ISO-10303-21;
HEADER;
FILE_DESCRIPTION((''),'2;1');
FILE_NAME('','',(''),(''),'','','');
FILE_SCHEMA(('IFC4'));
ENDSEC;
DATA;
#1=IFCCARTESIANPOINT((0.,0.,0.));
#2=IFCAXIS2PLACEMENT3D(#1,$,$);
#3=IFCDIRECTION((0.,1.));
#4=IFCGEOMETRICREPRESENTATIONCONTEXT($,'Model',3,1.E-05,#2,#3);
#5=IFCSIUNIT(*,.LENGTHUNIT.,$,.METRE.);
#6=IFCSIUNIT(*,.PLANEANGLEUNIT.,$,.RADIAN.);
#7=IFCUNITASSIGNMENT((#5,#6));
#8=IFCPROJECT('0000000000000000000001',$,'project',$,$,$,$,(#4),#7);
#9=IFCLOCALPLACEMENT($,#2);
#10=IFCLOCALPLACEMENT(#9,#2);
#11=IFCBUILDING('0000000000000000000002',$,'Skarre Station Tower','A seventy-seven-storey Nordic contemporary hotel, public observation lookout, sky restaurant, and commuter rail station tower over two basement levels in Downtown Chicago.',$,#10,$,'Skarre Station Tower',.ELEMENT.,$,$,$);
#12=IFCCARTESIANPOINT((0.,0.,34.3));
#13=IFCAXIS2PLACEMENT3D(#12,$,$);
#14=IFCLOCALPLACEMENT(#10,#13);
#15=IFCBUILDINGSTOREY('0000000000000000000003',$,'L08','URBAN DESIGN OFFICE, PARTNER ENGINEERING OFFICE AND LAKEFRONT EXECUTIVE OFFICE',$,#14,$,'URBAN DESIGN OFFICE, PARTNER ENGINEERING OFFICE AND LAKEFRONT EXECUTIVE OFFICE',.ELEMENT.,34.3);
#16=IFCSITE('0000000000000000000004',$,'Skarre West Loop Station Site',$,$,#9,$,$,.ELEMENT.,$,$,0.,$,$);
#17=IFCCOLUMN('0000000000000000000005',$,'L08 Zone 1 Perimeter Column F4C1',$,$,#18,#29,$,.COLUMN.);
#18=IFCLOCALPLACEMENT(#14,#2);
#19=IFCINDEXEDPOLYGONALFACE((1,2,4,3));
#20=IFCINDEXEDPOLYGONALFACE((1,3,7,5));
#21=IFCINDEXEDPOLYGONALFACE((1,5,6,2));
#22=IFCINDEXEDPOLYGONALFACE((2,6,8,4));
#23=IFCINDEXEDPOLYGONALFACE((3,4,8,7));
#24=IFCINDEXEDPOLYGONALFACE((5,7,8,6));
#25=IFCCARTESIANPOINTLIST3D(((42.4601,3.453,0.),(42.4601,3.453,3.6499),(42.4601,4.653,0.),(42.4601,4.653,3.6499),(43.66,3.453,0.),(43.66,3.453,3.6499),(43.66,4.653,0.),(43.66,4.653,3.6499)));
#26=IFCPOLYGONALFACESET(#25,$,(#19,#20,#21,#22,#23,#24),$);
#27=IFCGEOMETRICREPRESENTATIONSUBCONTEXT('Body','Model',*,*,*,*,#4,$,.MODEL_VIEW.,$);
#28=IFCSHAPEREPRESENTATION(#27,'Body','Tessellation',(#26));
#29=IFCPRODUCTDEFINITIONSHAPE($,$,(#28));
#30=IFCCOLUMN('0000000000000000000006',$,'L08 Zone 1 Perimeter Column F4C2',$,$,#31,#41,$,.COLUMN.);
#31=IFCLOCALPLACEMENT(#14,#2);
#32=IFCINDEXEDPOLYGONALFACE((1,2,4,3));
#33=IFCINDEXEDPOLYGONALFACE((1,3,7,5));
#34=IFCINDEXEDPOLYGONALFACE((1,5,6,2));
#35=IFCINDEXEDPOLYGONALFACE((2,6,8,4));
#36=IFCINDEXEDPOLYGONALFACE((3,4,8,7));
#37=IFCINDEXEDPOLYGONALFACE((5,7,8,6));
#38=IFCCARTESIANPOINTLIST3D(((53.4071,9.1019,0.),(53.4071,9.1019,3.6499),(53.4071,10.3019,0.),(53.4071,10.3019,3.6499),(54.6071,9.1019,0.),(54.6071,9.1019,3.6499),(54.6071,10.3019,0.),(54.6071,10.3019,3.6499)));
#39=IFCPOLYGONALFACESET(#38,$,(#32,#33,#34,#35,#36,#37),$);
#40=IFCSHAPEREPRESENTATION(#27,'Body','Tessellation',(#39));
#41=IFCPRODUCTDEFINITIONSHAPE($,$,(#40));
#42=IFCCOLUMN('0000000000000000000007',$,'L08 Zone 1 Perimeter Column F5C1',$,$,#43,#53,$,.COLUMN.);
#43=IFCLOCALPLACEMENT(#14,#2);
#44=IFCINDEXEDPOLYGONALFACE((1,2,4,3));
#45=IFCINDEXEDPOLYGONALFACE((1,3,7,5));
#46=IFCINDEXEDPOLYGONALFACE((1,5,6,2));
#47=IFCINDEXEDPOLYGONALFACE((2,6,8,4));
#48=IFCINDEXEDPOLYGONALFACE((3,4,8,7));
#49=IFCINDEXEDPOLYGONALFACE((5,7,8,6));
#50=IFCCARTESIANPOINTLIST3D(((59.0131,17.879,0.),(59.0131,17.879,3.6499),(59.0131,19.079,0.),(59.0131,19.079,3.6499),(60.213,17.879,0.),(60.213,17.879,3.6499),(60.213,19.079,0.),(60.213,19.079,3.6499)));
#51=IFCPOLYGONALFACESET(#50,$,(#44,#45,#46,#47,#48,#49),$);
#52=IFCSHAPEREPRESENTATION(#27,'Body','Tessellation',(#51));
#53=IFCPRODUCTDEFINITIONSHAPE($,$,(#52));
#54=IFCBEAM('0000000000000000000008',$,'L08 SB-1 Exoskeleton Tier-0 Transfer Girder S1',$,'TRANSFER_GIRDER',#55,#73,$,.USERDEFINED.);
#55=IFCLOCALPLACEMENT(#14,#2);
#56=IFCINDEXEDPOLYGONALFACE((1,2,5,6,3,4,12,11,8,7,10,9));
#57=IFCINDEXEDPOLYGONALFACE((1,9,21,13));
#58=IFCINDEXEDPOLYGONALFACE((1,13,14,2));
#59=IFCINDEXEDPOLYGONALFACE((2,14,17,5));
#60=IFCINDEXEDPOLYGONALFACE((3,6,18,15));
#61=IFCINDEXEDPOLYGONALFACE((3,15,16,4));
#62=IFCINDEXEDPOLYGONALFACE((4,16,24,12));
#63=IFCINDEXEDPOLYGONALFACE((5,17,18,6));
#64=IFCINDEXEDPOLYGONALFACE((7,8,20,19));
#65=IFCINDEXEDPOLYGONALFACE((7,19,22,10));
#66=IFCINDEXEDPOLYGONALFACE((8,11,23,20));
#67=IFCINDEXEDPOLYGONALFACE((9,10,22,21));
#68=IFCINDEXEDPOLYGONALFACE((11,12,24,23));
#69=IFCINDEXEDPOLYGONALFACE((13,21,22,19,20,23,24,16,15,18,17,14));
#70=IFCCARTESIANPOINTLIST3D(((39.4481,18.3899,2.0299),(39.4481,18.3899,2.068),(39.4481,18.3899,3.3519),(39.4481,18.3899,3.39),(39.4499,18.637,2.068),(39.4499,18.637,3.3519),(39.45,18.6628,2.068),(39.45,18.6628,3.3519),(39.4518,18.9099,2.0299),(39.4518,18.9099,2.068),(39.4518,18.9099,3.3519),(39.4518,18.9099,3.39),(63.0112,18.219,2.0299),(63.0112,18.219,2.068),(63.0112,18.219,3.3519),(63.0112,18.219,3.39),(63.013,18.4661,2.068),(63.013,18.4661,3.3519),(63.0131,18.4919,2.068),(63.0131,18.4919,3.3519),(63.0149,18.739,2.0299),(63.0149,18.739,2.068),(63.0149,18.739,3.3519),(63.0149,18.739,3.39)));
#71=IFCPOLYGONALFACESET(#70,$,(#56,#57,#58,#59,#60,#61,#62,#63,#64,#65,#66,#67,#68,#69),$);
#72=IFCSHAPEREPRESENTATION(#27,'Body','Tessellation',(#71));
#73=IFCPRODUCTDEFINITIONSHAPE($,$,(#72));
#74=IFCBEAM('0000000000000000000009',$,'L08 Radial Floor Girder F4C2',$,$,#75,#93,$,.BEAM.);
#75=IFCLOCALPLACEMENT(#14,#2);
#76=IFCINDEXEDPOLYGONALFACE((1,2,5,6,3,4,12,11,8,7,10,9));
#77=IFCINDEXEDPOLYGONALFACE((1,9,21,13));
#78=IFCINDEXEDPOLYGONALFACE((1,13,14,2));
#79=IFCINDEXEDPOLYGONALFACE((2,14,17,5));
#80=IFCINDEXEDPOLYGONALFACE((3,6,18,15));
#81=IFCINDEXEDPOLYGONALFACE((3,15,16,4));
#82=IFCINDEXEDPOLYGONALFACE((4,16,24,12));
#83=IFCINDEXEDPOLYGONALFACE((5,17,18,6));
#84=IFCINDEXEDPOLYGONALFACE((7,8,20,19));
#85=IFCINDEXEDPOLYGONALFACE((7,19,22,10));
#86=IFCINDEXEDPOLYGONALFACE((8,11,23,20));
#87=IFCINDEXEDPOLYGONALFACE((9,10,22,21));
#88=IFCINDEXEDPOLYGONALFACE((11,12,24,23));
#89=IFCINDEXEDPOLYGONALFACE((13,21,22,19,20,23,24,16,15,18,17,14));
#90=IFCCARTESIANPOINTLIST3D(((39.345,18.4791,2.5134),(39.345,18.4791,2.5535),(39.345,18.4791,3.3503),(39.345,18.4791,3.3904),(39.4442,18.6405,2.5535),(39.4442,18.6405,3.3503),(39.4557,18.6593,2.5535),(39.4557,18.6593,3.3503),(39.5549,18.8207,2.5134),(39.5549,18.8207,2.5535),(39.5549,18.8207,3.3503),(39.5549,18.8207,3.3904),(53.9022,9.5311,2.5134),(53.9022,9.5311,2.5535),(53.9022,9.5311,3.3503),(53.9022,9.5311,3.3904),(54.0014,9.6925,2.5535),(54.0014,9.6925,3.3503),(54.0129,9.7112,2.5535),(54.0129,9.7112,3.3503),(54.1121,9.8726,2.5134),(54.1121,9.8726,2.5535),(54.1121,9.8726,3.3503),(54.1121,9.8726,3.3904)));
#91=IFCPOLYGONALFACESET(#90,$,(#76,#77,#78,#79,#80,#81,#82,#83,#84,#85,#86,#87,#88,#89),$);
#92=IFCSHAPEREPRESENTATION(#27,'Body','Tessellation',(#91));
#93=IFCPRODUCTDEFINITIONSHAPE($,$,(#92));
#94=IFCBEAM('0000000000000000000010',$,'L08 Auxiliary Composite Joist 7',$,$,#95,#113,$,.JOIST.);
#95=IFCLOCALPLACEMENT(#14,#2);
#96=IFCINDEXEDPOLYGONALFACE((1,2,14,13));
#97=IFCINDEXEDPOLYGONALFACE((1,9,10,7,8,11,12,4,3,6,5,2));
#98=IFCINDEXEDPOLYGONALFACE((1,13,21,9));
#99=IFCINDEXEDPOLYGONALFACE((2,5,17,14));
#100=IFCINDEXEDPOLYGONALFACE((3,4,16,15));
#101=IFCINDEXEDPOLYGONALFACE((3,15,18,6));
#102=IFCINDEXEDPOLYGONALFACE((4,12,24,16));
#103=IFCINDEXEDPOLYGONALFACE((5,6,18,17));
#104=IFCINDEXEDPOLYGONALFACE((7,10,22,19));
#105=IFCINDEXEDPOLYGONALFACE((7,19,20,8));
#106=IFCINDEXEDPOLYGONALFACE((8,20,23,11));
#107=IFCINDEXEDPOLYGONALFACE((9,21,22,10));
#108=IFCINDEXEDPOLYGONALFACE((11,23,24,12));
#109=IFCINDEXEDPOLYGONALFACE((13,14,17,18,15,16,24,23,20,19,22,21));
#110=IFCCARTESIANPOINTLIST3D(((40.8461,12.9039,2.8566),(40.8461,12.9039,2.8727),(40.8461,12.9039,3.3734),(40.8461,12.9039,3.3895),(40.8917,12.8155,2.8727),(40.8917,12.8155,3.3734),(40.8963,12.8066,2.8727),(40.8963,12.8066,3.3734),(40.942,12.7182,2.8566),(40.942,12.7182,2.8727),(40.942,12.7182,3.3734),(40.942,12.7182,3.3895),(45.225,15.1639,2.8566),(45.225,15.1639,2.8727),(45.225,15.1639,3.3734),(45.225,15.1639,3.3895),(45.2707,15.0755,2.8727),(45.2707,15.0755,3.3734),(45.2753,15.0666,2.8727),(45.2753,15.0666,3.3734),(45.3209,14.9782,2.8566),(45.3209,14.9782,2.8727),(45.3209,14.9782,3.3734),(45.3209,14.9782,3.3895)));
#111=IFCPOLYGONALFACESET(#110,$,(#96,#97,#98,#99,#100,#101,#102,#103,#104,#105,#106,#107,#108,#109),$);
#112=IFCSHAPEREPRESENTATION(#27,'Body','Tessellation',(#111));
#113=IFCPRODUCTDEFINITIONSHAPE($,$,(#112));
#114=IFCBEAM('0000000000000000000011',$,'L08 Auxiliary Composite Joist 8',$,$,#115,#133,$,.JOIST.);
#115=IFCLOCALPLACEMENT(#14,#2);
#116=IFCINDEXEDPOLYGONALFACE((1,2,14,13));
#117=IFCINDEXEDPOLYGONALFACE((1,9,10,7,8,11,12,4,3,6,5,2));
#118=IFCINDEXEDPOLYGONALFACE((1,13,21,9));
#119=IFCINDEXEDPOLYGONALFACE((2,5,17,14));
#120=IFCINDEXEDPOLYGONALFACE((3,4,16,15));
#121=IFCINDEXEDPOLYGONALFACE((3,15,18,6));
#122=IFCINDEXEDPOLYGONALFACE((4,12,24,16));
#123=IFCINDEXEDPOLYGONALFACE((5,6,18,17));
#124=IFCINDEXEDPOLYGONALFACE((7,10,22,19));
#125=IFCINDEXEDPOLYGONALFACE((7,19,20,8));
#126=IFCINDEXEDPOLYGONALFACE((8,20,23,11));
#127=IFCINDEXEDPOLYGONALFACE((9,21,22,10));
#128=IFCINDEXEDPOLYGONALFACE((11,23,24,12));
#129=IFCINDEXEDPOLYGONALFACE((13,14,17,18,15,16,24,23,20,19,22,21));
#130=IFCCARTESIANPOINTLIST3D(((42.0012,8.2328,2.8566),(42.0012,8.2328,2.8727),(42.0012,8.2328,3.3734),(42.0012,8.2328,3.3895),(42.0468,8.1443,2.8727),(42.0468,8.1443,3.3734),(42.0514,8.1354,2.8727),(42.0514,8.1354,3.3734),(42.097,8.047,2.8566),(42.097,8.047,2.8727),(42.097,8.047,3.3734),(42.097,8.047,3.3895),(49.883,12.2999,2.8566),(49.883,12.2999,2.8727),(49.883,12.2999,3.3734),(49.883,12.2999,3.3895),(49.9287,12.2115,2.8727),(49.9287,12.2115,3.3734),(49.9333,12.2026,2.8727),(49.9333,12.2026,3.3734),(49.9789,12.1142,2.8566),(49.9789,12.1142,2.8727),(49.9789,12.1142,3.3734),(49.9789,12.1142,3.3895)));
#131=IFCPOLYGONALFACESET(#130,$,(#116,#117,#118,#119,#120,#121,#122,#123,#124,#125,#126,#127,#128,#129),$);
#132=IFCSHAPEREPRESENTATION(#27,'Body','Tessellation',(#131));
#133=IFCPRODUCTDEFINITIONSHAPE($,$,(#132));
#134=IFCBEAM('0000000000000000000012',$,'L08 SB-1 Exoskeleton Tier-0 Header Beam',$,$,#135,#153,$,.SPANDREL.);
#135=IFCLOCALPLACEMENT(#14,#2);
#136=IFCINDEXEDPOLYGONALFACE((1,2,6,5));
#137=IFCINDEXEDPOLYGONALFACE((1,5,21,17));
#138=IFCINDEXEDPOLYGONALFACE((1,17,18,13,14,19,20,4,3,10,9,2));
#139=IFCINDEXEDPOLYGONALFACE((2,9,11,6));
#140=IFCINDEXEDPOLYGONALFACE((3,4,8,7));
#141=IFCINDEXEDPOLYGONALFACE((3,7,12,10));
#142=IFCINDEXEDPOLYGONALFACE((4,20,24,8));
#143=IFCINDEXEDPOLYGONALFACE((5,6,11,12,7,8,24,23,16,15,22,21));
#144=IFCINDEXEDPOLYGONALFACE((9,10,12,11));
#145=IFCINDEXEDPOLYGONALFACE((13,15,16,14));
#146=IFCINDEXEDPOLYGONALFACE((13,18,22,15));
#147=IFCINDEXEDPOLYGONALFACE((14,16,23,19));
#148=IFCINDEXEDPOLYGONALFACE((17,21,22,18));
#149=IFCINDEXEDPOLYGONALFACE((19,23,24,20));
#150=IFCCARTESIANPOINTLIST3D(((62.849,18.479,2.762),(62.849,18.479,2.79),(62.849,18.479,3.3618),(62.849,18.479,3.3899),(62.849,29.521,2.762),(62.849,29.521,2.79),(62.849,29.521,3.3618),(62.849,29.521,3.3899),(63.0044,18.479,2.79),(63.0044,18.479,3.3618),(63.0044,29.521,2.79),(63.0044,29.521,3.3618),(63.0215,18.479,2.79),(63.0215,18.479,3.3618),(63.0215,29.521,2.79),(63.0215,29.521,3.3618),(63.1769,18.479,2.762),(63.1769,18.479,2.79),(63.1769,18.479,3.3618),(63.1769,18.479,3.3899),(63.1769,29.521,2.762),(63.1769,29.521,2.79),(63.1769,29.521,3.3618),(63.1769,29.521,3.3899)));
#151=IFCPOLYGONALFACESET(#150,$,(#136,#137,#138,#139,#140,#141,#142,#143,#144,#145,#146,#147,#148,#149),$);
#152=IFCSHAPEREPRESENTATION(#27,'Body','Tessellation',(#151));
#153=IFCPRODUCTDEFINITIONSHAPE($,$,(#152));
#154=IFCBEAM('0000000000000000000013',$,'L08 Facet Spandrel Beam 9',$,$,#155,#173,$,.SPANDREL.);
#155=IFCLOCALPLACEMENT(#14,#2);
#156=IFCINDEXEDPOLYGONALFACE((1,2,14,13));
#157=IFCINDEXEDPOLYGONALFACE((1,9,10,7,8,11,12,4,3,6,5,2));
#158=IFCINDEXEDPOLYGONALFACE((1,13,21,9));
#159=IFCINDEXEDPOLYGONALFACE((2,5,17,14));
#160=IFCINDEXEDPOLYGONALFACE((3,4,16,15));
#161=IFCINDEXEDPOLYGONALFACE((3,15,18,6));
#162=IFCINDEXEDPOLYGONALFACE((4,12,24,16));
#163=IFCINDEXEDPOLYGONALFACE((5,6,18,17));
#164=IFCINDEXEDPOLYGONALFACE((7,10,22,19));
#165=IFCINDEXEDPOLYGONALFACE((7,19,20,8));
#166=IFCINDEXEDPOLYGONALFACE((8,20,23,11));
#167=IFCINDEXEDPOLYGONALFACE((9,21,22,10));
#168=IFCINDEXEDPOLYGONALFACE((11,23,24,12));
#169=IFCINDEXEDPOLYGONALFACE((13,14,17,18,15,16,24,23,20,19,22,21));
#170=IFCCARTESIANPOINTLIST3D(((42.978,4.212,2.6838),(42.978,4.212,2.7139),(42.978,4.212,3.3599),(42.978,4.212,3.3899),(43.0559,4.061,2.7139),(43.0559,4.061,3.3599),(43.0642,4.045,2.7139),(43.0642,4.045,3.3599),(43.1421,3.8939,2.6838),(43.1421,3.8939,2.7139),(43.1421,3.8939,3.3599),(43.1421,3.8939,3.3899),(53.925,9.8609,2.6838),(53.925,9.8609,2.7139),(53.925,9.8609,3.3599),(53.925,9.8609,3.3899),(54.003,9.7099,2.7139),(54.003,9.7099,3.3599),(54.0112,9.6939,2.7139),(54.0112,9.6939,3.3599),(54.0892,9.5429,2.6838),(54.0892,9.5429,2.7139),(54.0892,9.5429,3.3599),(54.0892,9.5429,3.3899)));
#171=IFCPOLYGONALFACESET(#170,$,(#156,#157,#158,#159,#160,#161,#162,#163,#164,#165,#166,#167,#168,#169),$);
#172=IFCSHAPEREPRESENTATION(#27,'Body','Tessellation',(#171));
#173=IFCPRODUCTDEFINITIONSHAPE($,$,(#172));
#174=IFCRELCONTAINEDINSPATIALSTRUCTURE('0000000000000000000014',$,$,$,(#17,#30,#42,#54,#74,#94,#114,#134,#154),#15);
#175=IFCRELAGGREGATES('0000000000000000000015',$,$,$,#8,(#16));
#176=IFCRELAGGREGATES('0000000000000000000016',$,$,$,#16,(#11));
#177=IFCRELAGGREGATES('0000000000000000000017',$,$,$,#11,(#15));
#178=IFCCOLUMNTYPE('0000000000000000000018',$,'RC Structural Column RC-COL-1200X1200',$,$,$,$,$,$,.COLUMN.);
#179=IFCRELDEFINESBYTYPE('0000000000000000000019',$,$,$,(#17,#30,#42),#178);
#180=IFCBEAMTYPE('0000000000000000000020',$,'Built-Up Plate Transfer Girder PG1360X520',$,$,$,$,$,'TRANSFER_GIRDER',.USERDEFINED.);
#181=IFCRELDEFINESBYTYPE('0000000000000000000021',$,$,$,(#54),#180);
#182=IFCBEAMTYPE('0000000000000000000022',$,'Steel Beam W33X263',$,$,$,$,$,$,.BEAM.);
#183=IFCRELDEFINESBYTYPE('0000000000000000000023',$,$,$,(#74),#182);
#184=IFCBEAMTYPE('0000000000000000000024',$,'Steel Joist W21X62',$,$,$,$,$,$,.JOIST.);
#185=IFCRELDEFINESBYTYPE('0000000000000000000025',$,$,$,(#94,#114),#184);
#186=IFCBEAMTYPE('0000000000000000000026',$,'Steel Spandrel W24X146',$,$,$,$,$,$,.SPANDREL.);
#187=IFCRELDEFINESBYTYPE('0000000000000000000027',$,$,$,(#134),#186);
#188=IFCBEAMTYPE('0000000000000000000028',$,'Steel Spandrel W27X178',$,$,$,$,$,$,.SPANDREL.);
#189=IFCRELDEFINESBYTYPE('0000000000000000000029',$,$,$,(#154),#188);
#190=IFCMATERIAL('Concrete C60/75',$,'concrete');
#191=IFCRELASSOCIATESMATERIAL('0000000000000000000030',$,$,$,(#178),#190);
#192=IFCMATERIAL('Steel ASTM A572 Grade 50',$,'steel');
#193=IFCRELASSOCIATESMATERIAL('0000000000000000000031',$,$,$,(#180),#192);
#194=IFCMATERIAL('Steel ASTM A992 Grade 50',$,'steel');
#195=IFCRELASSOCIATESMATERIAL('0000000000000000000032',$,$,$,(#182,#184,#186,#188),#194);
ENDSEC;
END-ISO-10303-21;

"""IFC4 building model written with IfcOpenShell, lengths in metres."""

from ifc_helpers import new_model, si_unit, direction, frame, origin, origin_2d, place, context, subcontext, project, spatial, rectangle, i_section, extrude, material, material_profile, profile_set, type_object, element, save


model = new_model("IFC4")

# Units and contexts
model_context = context("Model", 3, precision=1e-05, world=origin(), true_north=direction((0.0, 1.0)))
body_context = subcontext(model_context, "Body", "Model", "MODEL_VIEW")
ifc_project = project(units=[si_unit("LENGTHUNIT", "METRE"), si_unit("PLANEANGLEUNIT", "RADIAN")], contexts=[model_context])

# Site, building, storey
site_placement = place(None, origin())
site = spatial("IfcSite", under=ifc_project, at=site_placement, Name="Skarre West Loop Station Site", CompositionType="ELEMENT", RefElevation=0.0)
building_placement = place(site_placement, origin())
building = spatial("IfcBuilding", under=site, at=building_placement, Name="Skarre Station Tower", Description="A seventy-seven-storey Nordic contemporary hotel, public observation lookout, sky restaurant, and commuter rail station tower over two basement levels in Downtown Chicago.", LongName="Skarre Station Tower", CompositionType="ELEMENT")
storey_placement = place(building_placement, frame((0.0, 0.0, 34.3)))
storey = spatial("IfcBuildingStorey", under=building, at=storey_placement, Name="L08", Description="URBAN DESIGN OFFICE, PARTNER ENGINEERING OFFICE AND LAKEFRONT EXECUTIVE OFFICE", LongName="URBAN DESIGN OFFICE, PARTNER ENGINEERING OFFICE AND LAKEFRONT EXECUTIVE OFFICE", CompositionType="ELEMENT", Elevation=34.3)

# Columns
ifc_material_1 = material(Name="Concrete C60/75", Category="concrete")
ifc_material_profile_1 = material_profile(ifc_material_1, rectangle(XDim=1.2, YDim=1.2, at=origin_2d()), Name="Concrete C60/75")
ifc_profile_set_1 = profile_set([ifc_material_profile_1], Name="Concrete C60/75")
column_type = type_object("IfcColumnType", Name="RC Structural Column RC-COL-1200X1200", PredefinedType="COLUMN", material=ifc_profile_set_1)
for number, where, z_axis, x_axis, name in (
    (1, (43.0601, 4.053, 0.0), (0.0, 0.0, 1.0), (1.0, 0.0, 0.0), "L08 Zone 1 Perimeter Column F4C1"),
    (2, (54.0071, 9.7019, 0.0), (0.0, 0.0, 1.0), (1.0, 0.0, 0.0), "L08 Zone 1 Perimeter Column F4C2"),
    (3, (59.613, 18.479, 0.0), (0.0, 0.0, 1.0), (1.0, 0.0, 0.0), "L08 Zone 1 Perimeter Column F5C1"),
):
    element("IfcColumn", number, at=place(storey_placement, frame(where, z_axis=z_axis, x_axis=x_axis)), inside=storey, type_object=column_type, Name=name, PredefinedType="COLUMN", context=body_context, shape_type="SweptSolid", body=[
        extrude(rectangle(XDim=1.2, YDim=1.2, at=origin_2d()), origin(), (0.0, 0.0, 1.0), 3.6499),
    ])

# Beams
ifc_material_2 = material(Name="Steel ASTM A572 Grade 50", Category="steel")
ifc_material_profile_2 = material_profile(ifc_material_2, i_section(OverallWidth=0.52, OverallDepth=1.3601, WebThickness=0.0259, FlangeThickness=0.0381, at=origin_2d()), Name="Steel ASTM A572 Grade 50")
ifc_profile_set_2 = profile_set([ifc_material_profile_2], Name="Steel ASTM A572 Grade 50")
beam_type_1 = type_object("IfcBeamType", Name="Built-Up Plate Transfer Girder PG1360X520", ElementType="TRANSFER_GIRDER", PredefinedType="USERDEFINED", material=ifc_profile_set_2)
beam_1_placement = place(storey_placement, frame((39.45, 18.6499, 2.71), z_axis=(0.999974, -0.007253, 0.0), x_axis=(0.007253, 0.999974, 0.0)))
element("IfcBeam", 4, at=beam_1_placement, inside=storey, type_object=beam_type_1, Name="L08 SB-1 Exoskeleton Tier-0 Transfer Girder S1", ObjectType="TRANSFER_GIRDER", PredefinedType="USERDEFINED", context=body_context, shape_type="SweptSolid", body=[
    extrude(i_section(OverallWidth=0.52, OverallDepth=1.3601, WebThickness=0.0259, FlangeThickness=0.0381, at=origin_2d()), origin(), (0.0, 0.0, 1.0), 23.5637),
])
ifc_material_3 = material(Name="Steel ASTM A992 Grade 50", Category="steel")
ifc_material_profile_3 = material_profile(ifc_material_3, i_section(OverallWidth=0.4009, OverallDepth=0.877, WebThickness=0.022, FlangeThickness=0.04, at=origin_2d()), Name="Steel ASTM A992 Grade 50")
ifc_profile_set_3 = profile_set([ifc_material_profile_3], Name="Steel ASTM A992 Grade 50")
beam_type_2 = type_object("IfcBeamType", Name="Steel Beam W33X263", PredefinedType="BEAM", material=ifc_profile_set_3)
beam_2_placement = place(storey_placement, frame((39.45, 18.6499, 2.9519), z_axis=(0.851926, -0.523663, 0.0), x_axis=(0.523663, 0.851926, 0.0)))
element("IfcBeam", 5, at=beam_2_placement, inside=storey, type_object=beam_type_2, Name="L08 Radial Floor Girder F4C2", PredefinedType="BEAM", context=body_context, shape_type="SweptSolid", body=[
    extrude(i_section(OverallWidth=0.4009, OverallDepth=0.877, WebThickness=0.022, FlangeThickness=0.04, at=origin_2d()), origin(), (0.0, 0.0, 1.0), 17.0874),
])
ifc_material_profile_4 = material_profile(ifc_material_3, i_section(OverallWidth=0.209, OverallDepth=0.533, WebThickness=0.01, FlangeThickness=0.0161, at=origin_2d()), Name="Steel ASTM A992 Grade 50")
ifc_profile_set_4 = profile_set([ifc_material_profile_4], Name="Steel ASTM A992 Grade 50")
beam_type_3 = type_object("IfcBeamType", Name="Steel Joist W21X62", PredefinedType="JOIST", material=ifc_profile_set_4)
beam_3_placement = place(storey_placement, frame((40.894, 12.811, 3.123), z_axis=(0.888627, 0.458632, 0.0), x_axis=(-0.458632, 0.888627, 0.0)))
element("IfcBeam", 6, at=beam_3_placement, inside=storey, type_object=beam_type_3, Name="L08 Auxiliary Composite Joist 7", PredefinedType="JOIST", context=body_context, shape_type="SweptSolid", body=[
    extrude(i_section(OverallWidth=0.209, OverallDepth=0.533, WebThickness=0.01, FlangeThickness=0.0161, at=origin_2d()), origin(), (0.0, 0.0, 1.0), 4.9277),
])
beam_4_placement = place(storey_placement, frame((42.0491, 8.1399, 3.123), z_axis=(0.888662, 0.458562, 0.0), x_axis=(-0.458562, 0.888662, 0.0)))
element("IfcBeam", 7, at=beam_4_placement, inside=storey, type_object=beam_type_3, Name="L08 Auxiliary Composite Joist 8", PredefinedType="JOIST", context=body_context, shape_type="SweptSolid", body=[
    extrude(i_section(OverallWidth=0.209, OverallDepth=0.533, WebThickness=0.01, FlangeThickness=0.0161, at=origin_2d()), origin(), (0.0, 0.0, 1.0), 8.8694),
])
ifc_material_profile_5 = material_profile(ifc_material_3, i_section(OverallWidth=0.3279, OverallDepth=0.6279, WebThickness=0.0171, FlangeThickness=0.0281, at=origin_2d()), Name="Steel ASTM A992 Grade 50")
ifc_profile_set_5 = profile_set([ifc_material_profile_5], Name="Steel ASTM A992 Grade 50")
beam_type_4 = type_object("IfcBeamType", Name="Steel Spandrel W24X146", PredefinedType="SPANDREL", material=ifc_profile_set_5)
beam_5_placement = place(storey_placement, frame((63.0129, 18.479, 3.0759), z_axis=(0.0, 1.0, 0.0), x_axis=(-1.0, 0.0, 0.0)))
element("IfcBeam", 8, at=beam_5_placement, inside=storey, type_object=beam_type_4, Name="L08 SB-1 Exoskeleton Tier-0 Header Beam", PredefinedType="SPANDREL", context=body_context, shape_type="SweptSolid", body=[
    extrude(i_section(OverallWidth=0.3279, OverallDepth=0.6279, WebThickness=0.0171, FlangeThickness=0.0281, at=origin_2d()), origin(), (0.0, 0.0, 1.0), 11.042),
])
ifc_material_profile_6 = material_profile(ifc_material_3, i_section(OverallWidth=0.3579, OverallDepth=0.7061, WebThickness=0.0181, FlangeThickness=0.03, at=origin_2d()), Name="Steel ASTM A992 Grade 50")
ifc_profile_set_6 = profile_set([ifc_material_profile_6], Name="Steel ASTM A992 Grade 50")
beam_type_5 = type_object("IfcBeamType", Name="Steel Spandrel W27X178", PredefinedType="SPANDREL", material=ifc_profile_set_6)
beam_6_placement = place(storey_placement, frame((43.0601, 4.053, 3.0369), z_axis=(0.888659, 0.458569, 0.0), x_axis=(-0.458569, 0.888659, 0.0)))
element("IfcBeam", 9, at=beam_6_placement, inside=storey, type_object=beam_type_5, Name="L08 Facet Spandrel Beam 9", PredefinedType="SPANDREL", context=body_context, shape_type="SweptSolid", body=[
    extrude(i_section(OverallWidth=0.3579, OverallDepth=0.7061, WebThickness=0.0181, FlangeThickness=0.03, at=origin_2d()), origin(), (0.0, 0.0, 1.0), 12.3186),
])

save(model, "model.ifc")
